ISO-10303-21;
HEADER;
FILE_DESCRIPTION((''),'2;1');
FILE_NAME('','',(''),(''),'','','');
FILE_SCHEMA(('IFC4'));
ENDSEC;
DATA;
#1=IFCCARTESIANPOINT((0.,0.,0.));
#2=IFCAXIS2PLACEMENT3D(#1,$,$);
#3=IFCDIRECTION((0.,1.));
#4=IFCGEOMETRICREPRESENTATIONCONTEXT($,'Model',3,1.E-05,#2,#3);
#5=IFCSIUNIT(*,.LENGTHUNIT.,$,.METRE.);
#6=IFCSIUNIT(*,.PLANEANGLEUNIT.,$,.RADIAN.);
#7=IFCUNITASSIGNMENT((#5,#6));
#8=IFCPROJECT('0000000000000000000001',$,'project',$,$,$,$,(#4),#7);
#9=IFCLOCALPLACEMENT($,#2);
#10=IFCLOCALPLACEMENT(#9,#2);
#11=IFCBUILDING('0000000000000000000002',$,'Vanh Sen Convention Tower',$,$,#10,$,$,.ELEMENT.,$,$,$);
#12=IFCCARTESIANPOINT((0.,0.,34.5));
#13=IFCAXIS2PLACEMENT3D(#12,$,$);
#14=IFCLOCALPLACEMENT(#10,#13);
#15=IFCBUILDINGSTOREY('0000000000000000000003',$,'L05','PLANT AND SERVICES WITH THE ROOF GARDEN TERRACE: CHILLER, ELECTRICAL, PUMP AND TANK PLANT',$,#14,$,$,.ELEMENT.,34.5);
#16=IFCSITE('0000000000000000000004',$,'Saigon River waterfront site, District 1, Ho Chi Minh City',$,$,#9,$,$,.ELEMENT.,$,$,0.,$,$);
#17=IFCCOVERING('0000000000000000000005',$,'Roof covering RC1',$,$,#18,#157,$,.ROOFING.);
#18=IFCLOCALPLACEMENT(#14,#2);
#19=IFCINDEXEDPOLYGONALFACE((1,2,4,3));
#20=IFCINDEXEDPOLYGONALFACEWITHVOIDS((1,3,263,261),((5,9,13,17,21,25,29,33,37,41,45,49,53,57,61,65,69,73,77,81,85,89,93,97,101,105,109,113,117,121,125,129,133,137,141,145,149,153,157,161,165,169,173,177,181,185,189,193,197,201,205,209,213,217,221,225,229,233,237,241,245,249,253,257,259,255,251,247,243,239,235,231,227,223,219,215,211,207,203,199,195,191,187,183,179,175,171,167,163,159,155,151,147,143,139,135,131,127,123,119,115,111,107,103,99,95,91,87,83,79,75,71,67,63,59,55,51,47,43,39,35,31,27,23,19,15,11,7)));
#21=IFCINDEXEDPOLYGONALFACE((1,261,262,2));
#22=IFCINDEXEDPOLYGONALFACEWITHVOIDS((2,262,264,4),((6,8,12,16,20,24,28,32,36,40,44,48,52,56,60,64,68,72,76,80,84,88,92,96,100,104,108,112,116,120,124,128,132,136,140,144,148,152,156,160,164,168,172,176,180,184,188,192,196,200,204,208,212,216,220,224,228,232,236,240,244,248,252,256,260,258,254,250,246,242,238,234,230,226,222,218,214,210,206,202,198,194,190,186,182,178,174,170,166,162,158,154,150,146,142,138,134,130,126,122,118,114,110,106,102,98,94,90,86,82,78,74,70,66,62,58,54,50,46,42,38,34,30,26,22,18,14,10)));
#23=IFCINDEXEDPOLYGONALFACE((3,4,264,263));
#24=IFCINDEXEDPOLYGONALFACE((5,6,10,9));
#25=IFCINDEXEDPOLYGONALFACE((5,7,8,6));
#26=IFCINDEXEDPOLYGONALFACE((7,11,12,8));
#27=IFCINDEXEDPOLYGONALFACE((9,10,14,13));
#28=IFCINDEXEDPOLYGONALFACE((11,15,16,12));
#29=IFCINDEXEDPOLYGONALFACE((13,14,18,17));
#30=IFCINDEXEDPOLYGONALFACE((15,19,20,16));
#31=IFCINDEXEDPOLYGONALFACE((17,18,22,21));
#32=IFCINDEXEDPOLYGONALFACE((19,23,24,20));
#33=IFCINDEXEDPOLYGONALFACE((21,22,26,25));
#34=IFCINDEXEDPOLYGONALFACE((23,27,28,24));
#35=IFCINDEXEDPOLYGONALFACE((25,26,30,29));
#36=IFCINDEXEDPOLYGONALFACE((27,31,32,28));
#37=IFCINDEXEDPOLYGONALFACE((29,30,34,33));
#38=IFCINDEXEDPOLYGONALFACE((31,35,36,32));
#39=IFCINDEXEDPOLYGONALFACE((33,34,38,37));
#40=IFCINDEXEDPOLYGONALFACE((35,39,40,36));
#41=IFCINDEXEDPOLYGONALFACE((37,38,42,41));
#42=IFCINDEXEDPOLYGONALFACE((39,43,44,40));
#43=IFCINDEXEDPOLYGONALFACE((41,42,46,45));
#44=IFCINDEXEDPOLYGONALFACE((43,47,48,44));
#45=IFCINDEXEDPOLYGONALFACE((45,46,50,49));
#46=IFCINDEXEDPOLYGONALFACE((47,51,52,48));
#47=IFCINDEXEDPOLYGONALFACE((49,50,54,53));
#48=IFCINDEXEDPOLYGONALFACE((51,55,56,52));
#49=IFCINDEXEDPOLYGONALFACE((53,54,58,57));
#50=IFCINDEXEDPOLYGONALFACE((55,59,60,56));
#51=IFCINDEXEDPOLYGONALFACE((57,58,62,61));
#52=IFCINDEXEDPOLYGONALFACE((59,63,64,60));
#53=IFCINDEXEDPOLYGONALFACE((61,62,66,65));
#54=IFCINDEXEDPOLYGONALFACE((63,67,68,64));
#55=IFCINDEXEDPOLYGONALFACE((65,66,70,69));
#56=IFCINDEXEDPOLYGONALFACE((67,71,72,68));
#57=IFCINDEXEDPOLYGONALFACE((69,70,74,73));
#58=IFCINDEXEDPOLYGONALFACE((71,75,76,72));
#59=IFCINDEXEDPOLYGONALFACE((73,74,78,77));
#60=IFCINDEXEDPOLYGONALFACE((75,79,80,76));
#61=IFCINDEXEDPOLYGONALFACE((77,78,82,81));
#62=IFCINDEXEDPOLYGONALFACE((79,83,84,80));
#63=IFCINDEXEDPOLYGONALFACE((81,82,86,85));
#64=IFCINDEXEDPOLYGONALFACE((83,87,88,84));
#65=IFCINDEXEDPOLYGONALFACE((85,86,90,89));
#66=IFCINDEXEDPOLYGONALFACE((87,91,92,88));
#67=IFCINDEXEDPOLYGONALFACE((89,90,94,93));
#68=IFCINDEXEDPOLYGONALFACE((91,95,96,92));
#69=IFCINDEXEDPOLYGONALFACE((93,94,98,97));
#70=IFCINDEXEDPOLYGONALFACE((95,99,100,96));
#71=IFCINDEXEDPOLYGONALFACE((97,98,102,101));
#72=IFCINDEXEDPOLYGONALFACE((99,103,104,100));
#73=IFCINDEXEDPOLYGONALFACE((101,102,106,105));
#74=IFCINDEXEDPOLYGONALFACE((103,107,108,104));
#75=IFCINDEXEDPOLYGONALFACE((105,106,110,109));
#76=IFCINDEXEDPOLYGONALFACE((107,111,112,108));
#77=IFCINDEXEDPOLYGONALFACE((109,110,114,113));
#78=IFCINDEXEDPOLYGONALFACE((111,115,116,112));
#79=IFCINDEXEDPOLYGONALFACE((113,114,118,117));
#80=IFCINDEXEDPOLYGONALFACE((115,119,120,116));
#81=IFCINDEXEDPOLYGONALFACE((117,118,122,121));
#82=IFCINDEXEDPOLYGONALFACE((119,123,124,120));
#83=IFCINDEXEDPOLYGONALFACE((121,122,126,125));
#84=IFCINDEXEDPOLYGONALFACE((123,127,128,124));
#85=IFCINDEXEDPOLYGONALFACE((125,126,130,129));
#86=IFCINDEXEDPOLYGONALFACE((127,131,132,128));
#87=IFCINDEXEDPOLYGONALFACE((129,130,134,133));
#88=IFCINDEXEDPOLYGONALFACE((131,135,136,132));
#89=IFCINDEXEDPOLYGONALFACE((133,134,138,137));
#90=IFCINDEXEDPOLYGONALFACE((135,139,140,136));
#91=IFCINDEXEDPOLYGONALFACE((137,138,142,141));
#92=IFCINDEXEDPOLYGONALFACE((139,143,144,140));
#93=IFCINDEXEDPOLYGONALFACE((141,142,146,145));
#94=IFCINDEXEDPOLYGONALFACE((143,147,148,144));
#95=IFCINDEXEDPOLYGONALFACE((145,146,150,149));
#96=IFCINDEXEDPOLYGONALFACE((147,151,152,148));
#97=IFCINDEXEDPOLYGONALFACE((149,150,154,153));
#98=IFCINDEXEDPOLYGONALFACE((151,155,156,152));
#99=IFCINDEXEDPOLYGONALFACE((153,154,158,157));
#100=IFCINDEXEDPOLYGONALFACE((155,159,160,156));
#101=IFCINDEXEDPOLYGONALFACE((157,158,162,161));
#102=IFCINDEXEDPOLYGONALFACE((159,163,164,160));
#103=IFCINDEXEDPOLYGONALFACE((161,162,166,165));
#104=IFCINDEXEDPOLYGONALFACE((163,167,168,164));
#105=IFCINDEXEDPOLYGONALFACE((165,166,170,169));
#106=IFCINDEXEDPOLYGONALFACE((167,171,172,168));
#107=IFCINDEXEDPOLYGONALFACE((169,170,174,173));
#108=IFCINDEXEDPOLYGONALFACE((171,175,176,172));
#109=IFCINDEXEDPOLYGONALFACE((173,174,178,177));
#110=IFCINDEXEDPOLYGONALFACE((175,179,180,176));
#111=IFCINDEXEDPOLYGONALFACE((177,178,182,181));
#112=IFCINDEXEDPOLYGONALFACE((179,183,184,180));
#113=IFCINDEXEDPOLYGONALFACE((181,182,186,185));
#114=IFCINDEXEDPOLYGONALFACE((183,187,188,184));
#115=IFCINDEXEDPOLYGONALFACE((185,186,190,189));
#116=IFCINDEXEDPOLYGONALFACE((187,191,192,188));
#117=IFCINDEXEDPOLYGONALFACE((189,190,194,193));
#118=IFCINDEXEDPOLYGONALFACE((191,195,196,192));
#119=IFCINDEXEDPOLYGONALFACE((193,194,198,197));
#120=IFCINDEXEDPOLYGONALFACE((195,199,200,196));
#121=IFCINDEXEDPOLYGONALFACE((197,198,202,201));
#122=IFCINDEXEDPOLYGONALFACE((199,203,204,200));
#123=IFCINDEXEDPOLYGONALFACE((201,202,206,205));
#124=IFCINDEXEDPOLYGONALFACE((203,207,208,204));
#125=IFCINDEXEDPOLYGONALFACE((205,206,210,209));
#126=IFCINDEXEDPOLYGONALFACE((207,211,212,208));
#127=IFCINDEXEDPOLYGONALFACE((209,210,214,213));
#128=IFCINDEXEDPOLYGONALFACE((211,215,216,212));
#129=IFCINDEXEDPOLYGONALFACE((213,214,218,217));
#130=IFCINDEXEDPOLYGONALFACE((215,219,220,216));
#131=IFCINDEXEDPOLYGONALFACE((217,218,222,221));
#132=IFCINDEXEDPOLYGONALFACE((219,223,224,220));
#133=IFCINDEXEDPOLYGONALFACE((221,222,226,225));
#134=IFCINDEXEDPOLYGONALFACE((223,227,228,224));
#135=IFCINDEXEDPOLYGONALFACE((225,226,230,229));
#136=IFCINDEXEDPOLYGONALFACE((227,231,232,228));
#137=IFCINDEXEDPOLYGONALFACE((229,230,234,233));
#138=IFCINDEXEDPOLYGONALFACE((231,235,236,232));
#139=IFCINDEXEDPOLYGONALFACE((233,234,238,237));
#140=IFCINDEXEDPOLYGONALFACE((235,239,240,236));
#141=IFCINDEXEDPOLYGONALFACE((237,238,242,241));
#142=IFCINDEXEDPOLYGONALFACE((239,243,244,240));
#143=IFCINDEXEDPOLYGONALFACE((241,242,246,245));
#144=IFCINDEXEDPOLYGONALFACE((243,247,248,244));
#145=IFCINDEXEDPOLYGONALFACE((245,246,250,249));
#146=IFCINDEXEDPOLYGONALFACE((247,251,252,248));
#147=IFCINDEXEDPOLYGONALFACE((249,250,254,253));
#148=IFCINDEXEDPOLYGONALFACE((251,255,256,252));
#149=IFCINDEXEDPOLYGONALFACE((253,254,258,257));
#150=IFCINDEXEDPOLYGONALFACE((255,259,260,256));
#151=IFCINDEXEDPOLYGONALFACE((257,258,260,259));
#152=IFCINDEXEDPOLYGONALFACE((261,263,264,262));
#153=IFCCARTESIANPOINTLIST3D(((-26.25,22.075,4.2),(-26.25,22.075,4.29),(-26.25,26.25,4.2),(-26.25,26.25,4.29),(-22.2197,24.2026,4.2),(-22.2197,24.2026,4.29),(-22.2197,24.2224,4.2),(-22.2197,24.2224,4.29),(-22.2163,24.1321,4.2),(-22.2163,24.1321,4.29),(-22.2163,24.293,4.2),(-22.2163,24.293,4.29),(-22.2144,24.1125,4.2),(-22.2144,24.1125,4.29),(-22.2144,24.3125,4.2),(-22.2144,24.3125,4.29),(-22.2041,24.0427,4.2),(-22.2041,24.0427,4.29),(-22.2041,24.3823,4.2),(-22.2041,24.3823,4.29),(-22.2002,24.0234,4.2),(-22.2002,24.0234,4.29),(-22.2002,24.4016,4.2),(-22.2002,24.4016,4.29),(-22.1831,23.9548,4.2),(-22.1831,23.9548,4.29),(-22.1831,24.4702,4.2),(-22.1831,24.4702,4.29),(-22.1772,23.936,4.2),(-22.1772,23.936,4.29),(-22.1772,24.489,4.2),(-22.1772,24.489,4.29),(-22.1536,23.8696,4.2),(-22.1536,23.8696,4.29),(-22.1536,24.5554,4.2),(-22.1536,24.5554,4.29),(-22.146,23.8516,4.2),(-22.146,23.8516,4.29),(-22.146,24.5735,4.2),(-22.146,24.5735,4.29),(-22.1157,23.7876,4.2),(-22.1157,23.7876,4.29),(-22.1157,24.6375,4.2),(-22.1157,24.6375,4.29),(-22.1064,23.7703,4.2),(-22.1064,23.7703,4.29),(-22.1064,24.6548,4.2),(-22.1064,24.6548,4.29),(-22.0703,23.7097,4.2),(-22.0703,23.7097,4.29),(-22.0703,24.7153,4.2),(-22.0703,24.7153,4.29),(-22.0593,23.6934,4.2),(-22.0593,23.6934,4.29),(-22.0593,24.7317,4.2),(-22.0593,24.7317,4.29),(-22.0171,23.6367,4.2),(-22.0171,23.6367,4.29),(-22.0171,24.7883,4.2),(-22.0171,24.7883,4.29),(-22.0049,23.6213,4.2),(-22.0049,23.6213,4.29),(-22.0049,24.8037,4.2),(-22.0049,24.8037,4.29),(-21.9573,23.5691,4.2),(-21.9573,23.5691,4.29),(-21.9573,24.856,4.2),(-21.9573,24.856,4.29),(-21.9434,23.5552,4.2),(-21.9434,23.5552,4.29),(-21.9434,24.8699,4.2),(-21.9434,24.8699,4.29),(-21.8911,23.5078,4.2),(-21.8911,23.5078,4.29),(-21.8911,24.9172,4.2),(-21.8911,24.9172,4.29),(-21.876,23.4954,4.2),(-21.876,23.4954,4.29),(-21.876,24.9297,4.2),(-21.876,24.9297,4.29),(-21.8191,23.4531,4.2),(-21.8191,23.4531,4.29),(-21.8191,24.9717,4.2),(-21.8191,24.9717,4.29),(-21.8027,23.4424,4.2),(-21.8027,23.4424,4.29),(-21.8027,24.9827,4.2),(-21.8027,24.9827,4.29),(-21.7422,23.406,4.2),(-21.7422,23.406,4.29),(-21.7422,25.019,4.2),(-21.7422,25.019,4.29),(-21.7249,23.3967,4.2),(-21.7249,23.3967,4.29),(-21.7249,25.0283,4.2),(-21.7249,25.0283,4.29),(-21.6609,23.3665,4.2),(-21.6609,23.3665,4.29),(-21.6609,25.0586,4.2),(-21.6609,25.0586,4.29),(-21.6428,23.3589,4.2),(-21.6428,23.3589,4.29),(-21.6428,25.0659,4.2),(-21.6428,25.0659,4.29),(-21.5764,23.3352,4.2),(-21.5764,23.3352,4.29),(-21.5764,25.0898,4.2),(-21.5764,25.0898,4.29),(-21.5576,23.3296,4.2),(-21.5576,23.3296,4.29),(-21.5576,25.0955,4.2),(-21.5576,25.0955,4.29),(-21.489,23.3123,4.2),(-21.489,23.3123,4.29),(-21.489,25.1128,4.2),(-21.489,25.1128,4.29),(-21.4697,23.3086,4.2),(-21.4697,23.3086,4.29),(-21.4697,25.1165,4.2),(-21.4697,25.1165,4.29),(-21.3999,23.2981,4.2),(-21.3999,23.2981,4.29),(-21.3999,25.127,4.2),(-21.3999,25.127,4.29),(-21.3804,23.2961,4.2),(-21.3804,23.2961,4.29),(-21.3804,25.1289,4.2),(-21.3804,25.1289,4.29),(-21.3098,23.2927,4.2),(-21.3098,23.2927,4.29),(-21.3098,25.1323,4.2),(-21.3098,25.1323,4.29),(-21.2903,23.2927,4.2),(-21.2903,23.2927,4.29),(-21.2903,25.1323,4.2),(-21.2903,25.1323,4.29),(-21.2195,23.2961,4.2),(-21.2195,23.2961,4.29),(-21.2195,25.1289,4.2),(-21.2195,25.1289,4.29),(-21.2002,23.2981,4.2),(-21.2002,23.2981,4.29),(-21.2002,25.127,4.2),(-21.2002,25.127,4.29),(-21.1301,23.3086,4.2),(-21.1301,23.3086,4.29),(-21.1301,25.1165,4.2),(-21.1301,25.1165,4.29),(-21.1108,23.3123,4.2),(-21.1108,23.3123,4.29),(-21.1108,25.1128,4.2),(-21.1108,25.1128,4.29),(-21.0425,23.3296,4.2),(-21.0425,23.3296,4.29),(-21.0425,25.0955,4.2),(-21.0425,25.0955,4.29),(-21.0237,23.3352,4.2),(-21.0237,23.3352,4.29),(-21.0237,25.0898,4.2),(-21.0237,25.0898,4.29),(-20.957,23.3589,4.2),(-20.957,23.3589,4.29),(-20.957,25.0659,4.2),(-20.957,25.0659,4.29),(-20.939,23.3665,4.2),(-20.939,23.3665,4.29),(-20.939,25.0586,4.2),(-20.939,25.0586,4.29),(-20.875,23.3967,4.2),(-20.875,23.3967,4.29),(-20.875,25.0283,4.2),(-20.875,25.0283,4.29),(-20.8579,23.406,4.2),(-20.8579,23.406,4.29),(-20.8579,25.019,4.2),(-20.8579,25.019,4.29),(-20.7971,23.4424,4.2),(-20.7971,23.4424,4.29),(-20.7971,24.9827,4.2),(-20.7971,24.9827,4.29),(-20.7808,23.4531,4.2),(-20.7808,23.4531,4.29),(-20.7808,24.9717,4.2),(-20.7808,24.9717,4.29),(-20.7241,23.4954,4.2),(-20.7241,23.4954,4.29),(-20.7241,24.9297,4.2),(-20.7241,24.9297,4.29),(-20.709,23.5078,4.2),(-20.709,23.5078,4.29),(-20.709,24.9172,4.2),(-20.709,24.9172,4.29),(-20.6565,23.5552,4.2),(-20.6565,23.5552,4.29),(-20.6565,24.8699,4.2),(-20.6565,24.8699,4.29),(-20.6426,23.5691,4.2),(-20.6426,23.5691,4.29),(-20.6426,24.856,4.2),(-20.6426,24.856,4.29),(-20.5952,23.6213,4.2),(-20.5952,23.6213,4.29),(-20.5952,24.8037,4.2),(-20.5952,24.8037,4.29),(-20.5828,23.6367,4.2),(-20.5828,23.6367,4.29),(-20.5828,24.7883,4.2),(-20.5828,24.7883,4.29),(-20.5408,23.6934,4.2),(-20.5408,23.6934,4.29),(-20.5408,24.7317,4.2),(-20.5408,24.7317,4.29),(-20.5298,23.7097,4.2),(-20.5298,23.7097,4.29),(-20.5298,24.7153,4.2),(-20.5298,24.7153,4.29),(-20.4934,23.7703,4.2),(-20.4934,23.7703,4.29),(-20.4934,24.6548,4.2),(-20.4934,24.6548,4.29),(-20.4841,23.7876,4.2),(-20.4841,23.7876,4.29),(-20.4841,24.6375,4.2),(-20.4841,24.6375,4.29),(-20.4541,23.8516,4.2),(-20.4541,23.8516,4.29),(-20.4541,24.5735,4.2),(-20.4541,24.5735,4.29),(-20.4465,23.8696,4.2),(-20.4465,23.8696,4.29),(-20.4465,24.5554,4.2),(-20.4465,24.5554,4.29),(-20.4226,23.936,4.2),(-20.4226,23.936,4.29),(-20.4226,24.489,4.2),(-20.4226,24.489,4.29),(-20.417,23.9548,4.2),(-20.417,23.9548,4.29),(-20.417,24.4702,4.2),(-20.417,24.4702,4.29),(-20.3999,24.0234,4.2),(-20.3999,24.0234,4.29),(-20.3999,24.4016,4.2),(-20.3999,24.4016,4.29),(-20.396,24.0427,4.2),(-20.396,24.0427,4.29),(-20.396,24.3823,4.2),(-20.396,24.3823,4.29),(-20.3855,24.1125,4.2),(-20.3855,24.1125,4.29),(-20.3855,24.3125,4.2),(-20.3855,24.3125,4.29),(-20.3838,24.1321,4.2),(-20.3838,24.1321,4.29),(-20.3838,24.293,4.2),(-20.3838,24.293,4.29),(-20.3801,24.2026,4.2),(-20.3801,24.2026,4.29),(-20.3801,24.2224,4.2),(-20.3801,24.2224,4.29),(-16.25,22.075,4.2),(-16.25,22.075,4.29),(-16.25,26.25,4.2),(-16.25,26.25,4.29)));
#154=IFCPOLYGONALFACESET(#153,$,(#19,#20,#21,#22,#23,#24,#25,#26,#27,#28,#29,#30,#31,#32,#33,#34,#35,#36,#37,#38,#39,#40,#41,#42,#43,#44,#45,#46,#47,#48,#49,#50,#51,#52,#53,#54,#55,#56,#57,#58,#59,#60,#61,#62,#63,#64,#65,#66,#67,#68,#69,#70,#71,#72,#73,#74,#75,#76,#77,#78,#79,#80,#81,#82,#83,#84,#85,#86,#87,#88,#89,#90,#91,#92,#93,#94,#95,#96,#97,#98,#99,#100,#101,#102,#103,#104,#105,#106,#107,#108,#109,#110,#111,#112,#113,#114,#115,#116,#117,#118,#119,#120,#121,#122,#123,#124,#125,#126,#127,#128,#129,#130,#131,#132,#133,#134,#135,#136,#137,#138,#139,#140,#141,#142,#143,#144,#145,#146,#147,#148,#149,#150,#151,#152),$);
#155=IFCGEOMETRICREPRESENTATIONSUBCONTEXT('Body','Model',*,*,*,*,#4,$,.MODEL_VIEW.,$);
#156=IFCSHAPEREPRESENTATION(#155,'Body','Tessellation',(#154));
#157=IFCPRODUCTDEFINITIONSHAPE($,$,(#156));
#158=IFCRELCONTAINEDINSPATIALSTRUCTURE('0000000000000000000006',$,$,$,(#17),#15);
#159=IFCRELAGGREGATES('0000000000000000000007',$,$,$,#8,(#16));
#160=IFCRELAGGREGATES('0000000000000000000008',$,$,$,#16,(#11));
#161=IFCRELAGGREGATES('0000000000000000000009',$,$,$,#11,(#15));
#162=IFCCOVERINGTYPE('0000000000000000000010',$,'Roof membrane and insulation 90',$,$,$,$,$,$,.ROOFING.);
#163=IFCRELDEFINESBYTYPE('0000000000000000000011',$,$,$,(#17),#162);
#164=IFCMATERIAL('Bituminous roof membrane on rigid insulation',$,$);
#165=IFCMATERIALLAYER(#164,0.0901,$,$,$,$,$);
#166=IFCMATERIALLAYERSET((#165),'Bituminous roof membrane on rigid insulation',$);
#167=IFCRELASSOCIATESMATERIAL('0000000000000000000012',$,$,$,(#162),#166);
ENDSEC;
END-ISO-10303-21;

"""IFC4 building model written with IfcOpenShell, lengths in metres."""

from ifc_helpers import new_model, si_unit, direction, frame, origin, place, context, subcontext, project, spatial, polyline, outline, extrude, material, layer, layer_set, type_object, element, save


model = new_model("IFC4")

# Units and contexts
model_context = context("Model", 3, precision=1e-05, world=origin(), true_north=direction((0.0, 1.0)))
body_context = subcontext(model_context, "Body", "Model", "MODEL_VIEW")
ifc_project = project(units=[si_unit("LENGTHUNIT", "METRE"), si_unit("PLANEANGLEUNIT", "RADIAN")], contexts=[model_context])

# Site, building, storey
site_placement = place(None, origin())
site = spatial("IfcSite", under=ifc_project, at=site_placement, Name="Saigon River waterfront site, District 1, Ho Chi Minh City", CompositionType="ELEMENT", RefElevation=0.0)
building_placement = place(site_placement, origin())
building = spatial("IfcBuilding", under=site, at=building_placement, Name="Vanh Sen Convention Tower", CompositionType="ELEMENT")
storey_placement = place(building_placement, frame((0.0, 0.0, 34.5)))
storey = spatial("IfcBuildingStorey", under=building, at=storey_placement, Name="L05", Description="PLANT AND SERVICES WITH THE ROOF GARDEN TERRACE: CHILLER, ELECTRICAL, PUMP AND TANK PLANT", CompositionType="ELEMENT", Elevation=34.5)

# Covering
ifc_material_1 = material(Name="Bituminous roof membrane on rigid insulation")
ifc_layer_1 = layer(ifc_material_1, 0.0901)
ifc_layer_set_1 = layer_set([ifc_layer_1], Name="Bituminous roof membrane on rigid insulation")
covering_type = type_object("IfcCoveringType", Name="Roof membrane and insulation 90", PredefinedType="ROOFING", material=ifc_layer_set_1)
covering_1_placement = place(storey_placement, frame((0.0, 0.0, 4.2)))
element("IfcCovering", 1, at=covering_1_placement, inside=storey, type_object=covering_type, Name="Roof covering RC1", PredefinedType="ROOFING", context=body_context, shape_type="SweptSolid", body=[
    extrude(outline(polyline([(-16.25, 26.25), (-26.25, 26.25), (-26.25, 22.075), (-16.25, 22.075), (-16.25, 26.25)]), holes=[polyline([(-20.4226, 23.936), (-20.417, 23.9548), (-20.3999, 24.0234), (-20.396, 24.0427), (-20.3855, 24.1125), (-20.3838, 24.1321), (-20.3801, 24.2026), (-20.3801, 24.2224), (-20.3838, 24.293), (-20.3855, 24.3125), (-20.396, 24.3823), (-20.3999, 24.4016), (-20.417, 24.4702), (-20.4226, 24.489), (-20.4465, 24.5554), (-20.4541, 24.5735), (-20.4841, 24.6375), (-20.4934, 24.6548), (-20.5298, 24.7153), (-20.5408, 24.7317), (-20.5828, 24.7883), (-20.5952, 24.8037), (-20.6426, 24.856), (-20.6565, 24.8699), (-20.709, 24.9172), (-20.7241, 24.9297), (-20.7808, 24.9717), (-20.7971, 24.9827), (-20.8579, 25.019), (-20.875, 25.0283), (-20.939, 25.0586), (-20.957, 25.0659), (-21.0237, 25.0898), (-21.0425, 25.0955), (-21.1108, 25.1128), (-21.1301, 25.1165), (-21.2002, 25.127), (-21.2195, 25.1289), (-21.2903, 25.1323), (-21.3098, 25.1323), (-21.3804, 25.1289), (-21.3999, 25.127), (-21.4697, 25.1165), (-21.489, 25.1128), (-21.5576, 25.0955), (-21.5764, 25.0898), (-21.6428, 25.0659), (-21.6609, 25.0586), (-21.7249, 25.0283), (-21.7422, 25.019), (-21.8027, 24.9827), (-21.8191, 24.9717), (-21.876, 24.9297), (-21.8911, 24.9172), (-21.9434, 24.8699), (-21.9573, 24.856), (-22.0049, 24.8037), (-22.0171, 24.7883), (-22.0593, 24.7317), (-22.0703, 24.7153), (-22.1064, 24.6548), (-22.1157, 24.6375), (-22.146, 24.5735), (-22.1536, 24.5554), (-22.1772, 24.489), (-22.1831, 24.4702), (-22.2002, 24.4016), (-22.2041, 24.3823), (-22.2144, 24.3125), (-22.2163, 24.293), (-22.2197, 24.2224), (-22.2197, 24.2026), (-22.2163, 24.1321), (-22.2144, 24.1125), (-22.2041, 24.0427), (-22.2002, 24.0234), (-22.1831, 23.9548), (-22.1772, 23.936), (-22.1536, 23.8696), (-22.146, 23.8516), (-22.1157, 23.7876), (-22.1064, 23.7703), (-22.0703, 23.7097), (-22.0593, 23.6934), (-22.0171, 23.6367), (-22.0049, 23.6213), (-21.9573, 23.5691), (-21.9434, 23.5552), (-21.8911, 23.5078), (-21.876, 23.4954), (-21.8191, 23.4531), (-21.8027, 23.4424), (-21.7422, 23.406), (-21.7249, 23.3967), (-21.6609, 23.3665), (-21.6428, 23.3589), (-21.5764, 23.3352), (-21.5576, 23.3296), (-21.489, 23.3123), (-21.4697, 23.3086), (-21.3999, 23.2981), (-21.3804, 23.2961), (-21.3098, 23.2927), (-21.2903, 23.2927), (-21.2195, 23.2961), (-21.2002, 23.2981), (-21.1301, 23.3086), (-21.1108, 23.3123), (-21.0425, 23.3296), (-21.0237, 23.3352), (-20.957, 23.3589), (-20.939, 23.3665), (-20.875, 23.3967), (-20.8579, 23.406), (-20.7971, 23.4424), (-20.7808, 23.4531), (-20.7241, 23.4954), (-20.709, 23.5078), (-20.6565, 23.5552), (-20.6426, 23.5691), (-20.5952, 23.6213), (-20.5828, 23.6367), (-20.5408, 23.6934), (-20.5298, 23.7097), (-20.4934, 23.7703), (-20.4841, 23.7876), (-20.4541, 23.8516), (-20.4465, 23.8696), (-20.4226, 23.936)])]), origin(), (0.0, 0.0, 1.0), 0.0901),
])

save(model, "model.ifc")
